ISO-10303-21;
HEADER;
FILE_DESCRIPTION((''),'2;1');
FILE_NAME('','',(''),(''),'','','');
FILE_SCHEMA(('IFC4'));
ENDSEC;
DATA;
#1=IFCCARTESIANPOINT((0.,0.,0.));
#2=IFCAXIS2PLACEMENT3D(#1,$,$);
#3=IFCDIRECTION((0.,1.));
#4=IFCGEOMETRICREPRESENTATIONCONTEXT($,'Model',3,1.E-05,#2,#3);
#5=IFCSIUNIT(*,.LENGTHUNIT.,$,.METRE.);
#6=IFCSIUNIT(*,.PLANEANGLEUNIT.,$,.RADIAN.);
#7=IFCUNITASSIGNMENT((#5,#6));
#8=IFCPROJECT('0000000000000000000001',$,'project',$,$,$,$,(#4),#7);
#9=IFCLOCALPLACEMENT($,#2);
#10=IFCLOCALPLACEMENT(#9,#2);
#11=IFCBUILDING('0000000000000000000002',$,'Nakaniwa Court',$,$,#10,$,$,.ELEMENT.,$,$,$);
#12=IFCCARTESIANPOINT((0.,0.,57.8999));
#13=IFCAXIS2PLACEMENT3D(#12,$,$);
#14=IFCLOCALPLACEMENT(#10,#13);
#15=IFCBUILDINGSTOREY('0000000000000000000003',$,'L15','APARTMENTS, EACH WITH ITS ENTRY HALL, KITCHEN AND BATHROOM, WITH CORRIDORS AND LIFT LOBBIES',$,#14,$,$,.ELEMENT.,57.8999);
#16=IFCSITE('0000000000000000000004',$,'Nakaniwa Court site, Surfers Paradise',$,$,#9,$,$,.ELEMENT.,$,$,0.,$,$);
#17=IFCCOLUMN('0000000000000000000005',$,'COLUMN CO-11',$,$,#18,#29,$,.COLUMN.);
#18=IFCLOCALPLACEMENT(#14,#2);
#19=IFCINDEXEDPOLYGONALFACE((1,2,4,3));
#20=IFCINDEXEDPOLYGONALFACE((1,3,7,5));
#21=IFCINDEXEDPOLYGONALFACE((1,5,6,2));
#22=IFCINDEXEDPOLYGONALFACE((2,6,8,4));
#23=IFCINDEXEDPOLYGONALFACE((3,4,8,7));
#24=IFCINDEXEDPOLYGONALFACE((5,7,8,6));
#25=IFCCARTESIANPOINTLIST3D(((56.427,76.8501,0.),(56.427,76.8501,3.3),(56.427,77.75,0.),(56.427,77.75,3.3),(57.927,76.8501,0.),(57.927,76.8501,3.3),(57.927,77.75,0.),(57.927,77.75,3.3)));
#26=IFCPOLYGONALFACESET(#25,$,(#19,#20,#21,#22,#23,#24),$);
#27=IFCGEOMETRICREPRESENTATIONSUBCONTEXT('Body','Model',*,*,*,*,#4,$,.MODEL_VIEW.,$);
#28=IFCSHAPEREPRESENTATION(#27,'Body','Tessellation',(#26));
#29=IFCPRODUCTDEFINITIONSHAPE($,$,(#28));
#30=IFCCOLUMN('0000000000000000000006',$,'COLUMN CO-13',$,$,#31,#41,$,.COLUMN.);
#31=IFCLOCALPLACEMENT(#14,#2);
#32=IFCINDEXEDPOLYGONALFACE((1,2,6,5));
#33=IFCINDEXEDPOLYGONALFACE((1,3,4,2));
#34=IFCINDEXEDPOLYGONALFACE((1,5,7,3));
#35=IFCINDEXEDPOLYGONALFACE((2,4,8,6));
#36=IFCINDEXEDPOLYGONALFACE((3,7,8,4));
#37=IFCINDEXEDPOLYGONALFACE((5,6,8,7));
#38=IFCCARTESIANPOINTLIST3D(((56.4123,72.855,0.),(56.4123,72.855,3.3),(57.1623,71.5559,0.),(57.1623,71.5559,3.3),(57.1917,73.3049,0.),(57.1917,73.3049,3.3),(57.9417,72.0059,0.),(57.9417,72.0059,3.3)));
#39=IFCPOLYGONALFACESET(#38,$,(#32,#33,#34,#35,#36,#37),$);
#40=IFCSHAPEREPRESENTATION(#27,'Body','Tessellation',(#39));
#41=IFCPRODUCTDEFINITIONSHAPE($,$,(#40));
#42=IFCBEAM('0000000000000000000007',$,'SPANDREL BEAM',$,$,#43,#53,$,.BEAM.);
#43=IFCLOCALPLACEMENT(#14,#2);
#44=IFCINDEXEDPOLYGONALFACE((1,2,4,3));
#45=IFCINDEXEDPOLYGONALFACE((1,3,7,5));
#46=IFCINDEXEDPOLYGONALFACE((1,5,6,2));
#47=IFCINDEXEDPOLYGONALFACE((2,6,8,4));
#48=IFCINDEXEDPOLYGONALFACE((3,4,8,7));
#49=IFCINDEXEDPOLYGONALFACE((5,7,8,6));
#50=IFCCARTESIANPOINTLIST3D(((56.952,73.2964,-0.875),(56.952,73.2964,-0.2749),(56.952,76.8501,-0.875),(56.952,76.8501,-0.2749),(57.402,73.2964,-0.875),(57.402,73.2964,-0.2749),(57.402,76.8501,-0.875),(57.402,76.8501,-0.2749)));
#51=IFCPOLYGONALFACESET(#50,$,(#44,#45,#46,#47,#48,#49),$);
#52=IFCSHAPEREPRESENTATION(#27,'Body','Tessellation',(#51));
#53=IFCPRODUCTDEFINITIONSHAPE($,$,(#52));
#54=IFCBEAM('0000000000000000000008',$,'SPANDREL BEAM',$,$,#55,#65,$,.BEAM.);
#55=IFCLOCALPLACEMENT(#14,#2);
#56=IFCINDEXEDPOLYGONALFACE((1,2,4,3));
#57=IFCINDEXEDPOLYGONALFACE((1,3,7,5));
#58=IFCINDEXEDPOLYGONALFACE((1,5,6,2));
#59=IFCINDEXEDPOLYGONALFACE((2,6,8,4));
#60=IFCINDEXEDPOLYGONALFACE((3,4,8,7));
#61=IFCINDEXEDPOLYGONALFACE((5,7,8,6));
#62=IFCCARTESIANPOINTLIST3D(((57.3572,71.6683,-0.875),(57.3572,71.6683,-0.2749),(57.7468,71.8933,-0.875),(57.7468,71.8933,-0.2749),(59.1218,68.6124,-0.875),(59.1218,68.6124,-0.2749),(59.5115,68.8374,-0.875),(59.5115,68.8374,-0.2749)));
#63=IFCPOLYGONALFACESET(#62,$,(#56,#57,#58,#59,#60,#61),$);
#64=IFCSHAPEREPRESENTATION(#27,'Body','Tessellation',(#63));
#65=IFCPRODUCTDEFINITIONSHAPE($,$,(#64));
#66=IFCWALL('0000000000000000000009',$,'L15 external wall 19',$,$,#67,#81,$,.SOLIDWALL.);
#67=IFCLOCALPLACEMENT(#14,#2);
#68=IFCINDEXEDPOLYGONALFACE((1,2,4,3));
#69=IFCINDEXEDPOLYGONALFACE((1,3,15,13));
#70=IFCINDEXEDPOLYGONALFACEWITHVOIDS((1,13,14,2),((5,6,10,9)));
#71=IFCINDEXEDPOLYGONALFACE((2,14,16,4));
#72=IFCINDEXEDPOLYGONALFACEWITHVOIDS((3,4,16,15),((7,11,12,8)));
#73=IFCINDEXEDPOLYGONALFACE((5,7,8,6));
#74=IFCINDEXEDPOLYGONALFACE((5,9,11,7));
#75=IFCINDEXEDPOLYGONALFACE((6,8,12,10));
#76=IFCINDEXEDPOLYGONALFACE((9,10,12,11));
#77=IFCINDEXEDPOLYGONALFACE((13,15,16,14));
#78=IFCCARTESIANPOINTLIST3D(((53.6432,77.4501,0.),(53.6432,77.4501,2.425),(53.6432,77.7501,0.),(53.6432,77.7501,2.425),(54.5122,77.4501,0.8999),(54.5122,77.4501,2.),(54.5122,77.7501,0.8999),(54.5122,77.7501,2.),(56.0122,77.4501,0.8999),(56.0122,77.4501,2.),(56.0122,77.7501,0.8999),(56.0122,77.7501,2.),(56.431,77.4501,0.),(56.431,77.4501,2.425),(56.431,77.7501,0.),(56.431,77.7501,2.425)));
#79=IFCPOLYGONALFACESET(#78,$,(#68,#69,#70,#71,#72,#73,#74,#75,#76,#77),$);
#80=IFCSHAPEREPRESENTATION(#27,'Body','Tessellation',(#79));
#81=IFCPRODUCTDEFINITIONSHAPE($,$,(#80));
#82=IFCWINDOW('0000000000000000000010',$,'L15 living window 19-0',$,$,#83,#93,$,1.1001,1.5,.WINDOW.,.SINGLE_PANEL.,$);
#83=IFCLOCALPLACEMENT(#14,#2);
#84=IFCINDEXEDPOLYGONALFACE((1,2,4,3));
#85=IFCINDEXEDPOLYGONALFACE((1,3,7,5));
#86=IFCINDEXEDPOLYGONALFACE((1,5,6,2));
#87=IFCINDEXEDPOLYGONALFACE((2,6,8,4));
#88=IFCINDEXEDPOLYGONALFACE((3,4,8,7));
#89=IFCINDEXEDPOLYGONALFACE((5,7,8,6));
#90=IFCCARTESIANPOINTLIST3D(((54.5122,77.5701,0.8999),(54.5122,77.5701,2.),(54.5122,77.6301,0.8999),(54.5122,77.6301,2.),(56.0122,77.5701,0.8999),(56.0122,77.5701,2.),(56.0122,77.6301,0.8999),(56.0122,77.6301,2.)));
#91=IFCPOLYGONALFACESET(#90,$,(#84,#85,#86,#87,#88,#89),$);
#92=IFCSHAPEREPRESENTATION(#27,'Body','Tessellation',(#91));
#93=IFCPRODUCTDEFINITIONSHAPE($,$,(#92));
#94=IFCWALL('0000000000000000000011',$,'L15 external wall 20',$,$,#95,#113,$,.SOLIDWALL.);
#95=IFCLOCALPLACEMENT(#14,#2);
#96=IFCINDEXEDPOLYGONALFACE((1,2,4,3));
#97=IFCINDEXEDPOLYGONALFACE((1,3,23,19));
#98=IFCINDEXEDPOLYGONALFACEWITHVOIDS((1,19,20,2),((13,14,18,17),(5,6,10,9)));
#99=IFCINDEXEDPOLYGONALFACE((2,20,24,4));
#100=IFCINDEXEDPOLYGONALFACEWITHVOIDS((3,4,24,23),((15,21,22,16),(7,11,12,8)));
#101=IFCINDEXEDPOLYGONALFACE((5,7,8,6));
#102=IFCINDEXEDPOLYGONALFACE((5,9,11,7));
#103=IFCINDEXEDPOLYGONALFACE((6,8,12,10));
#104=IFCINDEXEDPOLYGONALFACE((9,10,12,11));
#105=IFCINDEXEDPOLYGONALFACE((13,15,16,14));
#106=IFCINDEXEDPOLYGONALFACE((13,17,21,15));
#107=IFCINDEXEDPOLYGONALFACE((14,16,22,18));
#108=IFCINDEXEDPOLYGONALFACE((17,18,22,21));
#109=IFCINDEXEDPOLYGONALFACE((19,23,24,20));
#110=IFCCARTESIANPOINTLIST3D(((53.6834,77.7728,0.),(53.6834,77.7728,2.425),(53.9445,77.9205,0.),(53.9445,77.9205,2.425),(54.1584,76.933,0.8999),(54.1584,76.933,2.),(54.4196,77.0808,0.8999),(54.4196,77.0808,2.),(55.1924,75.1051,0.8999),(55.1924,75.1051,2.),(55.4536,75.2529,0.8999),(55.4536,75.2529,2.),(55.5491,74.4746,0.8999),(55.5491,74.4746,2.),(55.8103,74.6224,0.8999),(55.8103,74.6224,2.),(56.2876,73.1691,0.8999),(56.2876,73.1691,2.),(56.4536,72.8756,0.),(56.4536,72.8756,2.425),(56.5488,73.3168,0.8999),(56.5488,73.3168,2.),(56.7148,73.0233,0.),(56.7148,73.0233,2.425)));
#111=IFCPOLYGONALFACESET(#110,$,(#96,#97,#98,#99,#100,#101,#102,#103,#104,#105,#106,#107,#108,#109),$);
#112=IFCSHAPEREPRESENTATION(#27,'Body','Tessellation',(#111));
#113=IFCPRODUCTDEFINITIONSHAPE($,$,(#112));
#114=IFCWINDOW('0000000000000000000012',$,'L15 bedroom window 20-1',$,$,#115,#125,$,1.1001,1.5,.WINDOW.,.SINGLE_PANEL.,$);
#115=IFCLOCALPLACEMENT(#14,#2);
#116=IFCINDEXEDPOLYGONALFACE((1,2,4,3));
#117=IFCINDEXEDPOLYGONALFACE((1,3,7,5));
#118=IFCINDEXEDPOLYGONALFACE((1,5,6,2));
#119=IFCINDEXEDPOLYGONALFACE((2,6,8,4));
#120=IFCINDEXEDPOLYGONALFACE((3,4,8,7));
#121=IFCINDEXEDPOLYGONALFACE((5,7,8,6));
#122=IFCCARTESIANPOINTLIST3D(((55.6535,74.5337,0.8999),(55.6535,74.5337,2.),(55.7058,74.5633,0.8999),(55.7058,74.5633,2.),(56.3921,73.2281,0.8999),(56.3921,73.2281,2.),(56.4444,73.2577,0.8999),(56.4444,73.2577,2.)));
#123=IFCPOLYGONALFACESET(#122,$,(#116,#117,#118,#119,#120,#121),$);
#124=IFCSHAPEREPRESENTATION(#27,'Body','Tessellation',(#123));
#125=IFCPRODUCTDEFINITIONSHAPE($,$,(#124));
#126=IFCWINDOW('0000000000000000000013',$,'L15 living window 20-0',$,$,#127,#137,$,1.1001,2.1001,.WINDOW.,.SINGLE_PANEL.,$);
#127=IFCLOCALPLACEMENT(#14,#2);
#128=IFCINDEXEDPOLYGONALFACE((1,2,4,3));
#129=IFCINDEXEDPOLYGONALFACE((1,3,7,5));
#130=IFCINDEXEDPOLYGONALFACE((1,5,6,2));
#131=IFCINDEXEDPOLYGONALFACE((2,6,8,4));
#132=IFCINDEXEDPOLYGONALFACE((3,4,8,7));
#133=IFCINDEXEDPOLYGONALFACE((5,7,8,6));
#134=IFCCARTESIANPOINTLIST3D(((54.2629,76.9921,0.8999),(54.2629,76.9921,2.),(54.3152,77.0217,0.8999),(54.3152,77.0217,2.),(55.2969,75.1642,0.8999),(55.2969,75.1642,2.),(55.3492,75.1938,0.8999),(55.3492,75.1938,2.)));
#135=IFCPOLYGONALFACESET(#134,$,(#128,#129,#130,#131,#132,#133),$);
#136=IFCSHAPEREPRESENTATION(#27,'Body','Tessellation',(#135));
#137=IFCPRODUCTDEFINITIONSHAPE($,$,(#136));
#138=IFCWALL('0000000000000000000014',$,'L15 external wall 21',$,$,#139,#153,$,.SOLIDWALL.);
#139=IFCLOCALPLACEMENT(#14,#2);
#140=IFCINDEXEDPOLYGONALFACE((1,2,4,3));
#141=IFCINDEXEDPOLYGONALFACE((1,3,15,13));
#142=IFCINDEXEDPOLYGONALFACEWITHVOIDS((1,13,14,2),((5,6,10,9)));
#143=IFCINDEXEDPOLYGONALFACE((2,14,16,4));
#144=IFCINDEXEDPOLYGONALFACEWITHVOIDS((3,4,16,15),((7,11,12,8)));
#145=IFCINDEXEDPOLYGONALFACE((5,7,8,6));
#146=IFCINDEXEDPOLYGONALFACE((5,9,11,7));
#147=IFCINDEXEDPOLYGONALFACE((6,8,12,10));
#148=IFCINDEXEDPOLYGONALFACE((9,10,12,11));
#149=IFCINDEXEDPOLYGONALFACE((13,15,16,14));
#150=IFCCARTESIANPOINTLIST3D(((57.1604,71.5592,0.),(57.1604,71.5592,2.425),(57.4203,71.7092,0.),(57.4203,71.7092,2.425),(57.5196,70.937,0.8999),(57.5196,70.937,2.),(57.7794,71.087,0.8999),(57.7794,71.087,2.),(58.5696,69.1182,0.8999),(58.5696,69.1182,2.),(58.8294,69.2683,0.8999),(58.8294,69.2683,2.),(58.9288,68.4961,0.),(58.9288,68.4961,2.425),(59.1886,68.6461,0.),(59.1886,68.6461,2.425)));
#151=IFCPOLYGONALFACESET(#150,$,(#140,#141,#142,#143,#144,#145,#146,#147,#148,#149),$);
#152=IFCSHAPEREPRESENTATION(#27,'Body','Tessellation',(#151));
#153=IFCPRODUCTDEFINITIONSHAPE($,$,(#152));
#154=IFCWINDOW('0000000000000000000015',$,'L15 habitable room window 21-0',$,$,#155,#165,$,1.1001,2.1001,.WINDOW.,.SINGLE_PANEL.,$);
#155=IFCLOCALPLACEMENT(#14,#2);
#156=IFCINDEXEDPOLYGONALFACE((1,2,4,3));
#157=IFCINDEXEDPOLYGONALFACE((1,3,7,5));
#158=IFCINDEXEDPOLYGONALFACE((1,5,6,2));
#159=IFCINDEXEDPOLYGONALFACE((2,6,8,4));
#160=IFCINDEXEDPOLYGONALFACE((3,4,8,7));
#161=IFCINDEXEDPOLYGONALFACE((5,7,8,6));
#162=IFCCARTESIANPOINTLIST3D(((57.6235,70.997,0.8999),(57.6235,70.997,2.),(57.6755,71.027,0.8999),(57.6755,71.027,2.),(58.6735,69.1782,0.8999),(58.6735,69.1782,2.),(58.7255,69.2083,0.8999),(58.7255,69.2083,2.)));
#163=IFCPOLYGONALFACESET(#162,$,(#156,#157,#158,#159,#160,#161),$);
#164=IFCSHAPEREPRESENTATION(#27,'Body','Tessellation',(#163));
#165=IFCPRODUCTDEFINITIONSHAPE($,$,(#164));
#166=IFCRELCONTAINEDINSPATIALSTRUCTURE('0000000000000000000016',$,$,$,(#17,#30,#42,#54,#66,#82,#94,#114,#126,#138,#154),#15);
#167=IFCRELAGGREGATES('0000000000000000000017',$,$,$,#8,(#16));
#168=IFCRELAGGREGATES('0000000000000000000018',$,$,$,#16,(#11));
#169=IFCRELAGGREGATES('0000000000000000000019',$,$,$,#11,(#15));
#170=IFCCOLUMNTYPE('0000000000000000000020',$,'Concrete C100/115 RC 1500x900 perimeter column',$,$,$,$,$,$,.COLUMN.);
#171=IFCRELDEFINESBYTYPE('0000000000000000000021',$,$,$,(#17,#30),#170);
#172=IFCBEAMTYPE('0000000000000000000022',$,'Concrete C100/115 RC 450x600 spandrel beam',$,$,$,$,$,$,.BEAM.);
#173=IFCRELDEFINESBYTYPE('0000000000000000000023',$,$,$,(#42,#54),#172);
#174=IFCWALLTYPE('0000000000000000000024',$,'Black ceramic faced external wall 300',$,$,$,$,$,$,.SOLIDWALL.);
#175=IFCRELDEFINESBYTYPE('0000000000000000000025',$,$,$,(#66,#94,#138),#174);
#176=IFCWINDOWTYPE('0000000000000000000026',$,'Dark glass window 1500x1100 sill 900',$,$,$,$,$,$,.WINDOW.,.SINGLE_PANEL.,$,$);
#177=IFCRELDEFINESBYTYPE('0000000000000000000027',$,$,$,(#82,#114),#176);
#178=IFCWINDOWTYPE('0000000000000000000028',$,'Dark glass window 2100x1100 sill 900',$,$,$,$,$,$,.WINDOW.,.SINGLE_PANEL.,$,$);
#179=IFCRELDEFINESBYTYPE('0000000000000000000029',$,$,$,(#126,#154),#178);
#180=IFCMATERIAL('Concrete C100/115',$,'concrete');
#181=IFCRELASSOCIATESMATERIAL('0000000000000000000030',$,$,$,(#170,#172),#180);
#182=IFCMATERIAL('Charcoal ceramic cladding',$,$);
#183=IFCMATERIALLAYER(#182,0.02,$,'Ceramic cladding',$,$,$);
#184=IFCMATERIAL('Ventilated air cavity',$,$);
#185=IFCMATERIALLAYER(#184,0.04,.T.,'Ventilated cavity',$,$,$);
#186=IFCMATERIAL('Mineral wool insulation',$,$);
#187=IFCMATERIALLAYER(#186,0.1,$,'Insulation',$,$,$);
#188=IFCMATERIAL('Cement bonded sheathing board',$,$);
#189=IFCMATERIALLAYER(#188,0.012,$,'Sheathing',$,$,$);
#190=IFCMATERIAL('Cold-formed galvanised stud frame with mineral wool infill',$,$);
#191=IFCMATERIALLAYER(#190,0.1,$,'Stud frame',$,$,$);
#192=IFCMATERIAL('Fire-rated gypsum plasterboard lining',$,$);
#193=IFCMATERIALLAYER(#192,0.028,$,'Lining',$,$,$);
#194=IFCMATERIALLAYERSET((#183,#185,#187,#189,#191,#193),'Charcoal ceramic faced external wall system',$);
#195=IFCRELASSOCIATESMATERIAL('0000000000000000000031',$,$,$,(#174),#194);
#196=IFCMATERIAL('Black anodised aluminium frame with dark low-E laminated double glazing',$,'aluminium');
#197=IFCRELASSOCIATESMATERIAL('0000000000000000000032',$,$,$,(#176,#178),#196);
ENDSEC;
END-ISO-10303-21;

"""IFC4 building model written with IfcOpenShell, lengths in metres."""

from ifc_helpers import new_model, si_unit, direction, frame, frame_2d, origin, origin_2d, place, context, subcontext, project, spatial, rectangle, extrude, material, layer, layer_set, material_profile, profile_set, type_object, element, fill, save


model = new_model("IFC4")

# Units and contexts
model_context = context("Model", 3, precision=1e-05, world=origin(), true_north=direction((0.0, 1.0)))
body_context = subcontext(model_context, "Body", "Model", "MODEL_VIEW")
ifc_project = project(units=[si_unit("LENGTHUNIT", "METRE"), si_unit("PLANEANGLEUNIT", "RADIAN")], contexts=[model_context])

# Site, building, storey
site_placement = place(None, origin())
site = spatial("IfcSite", under=ifc_project, at=site_placement, Name="Nakaniwa Court site, Surfers Paradise", CompositionType="ELEMENT", RefElevation=0.0)
building_placement = place(site_placement, origin())
building = spatial("IfcBuilding", under=site, at=building_placement, Name="Nakaniwa Court", CompositionType="ELEMENT")
storey_placement = place(building_placement, frame((0.0, 0.0, 57.8999)))
storey = spatial("IfcBuildingStorey", under=building, at=storey_placement, Name="L15", Description="APARTMENTS, EACH WITH ITS ENTRY HALL, KITCHEN AND BATHROOM, WITH CORRIDORS AND LIFT LOBBIES", CompositionType="ELEMENT", Elevation=57.8999)

# Columns
ifc_material_1 = material(Name="Concrete C100/115", Category="concrete")
ifc_material_profile_1 = material_profile(ifc_material_1, rectangle(XDim=1.5, YDim=0.8999, at=origin_2d()), Name="Concrete C100/115 RC 1500x900 perimeter column")
ifc_profile_set_1 = profile_set([ifc_material_profile_1], Name="Concrete C100/115")
column_type = type_object("IfcColumnType", Name="Concrete C100/115 RC 1500x900 perimeter column", PredefinedType="COLUMN", material=ifc_profile_set_1)
for number, where, z_axis, x_axis, name in (
    (1, (57.177, 77.3, 0.0), (0.0, 0.0, 1.0), (-1.0, 0.0, 0.0), "COLUMN CO-11"),
    (2, (57.177, 72.4304, 0.0), (0.0, 0.0, 1.0), (0.5, -0.866025, 0.0), "COLUMN CO-13"),
):
    element("IfcColumn", number, at=place(storey_placement, frame(where, z_axis=z_axis, x_axis=x_axis)), inside=storey, type_object=column_type, Name=name, PredefinedType="COLUMN", context=body_context, shape_type="SweptSolid", body=[
        extrude(rectangle(XDim=1.5, YDim=0.8999, at=origin_2d()), origin(), (0.0, 0.0, 1.0), 3.3),
    ])

# Beams
ifc_material_profile_2 = material_profile(ifc_material_1, rectangle(XDim=0.45, YDim=0.6001, at=origin_2d()), Name="Concrete C100/115 RC 450x600 spandrel beam")
ifc_profile_set_2 = profile_set([ifc_material_profile_2], Name="Concrete C100/115")
beam_type = type_object("IfcBeamType", Name="Concrete C100/115 RC 450x600 spandrel beam", PredefinedType="BEAM", material=ifc_profile_set_2)
beam_1_placement = place(storey_placement, frame((57.177, 76.8501, -0.575), z_axis=(0.0, -1.0, 0.0), x_axis=(1.0, 0.0, 0.0)))
element("IfcBeam", 3, at=beam_1_placement, inside=storey, type_object=beam_type, Name="SPANDREL BEAM", PredefinedType="BEAM", context=body_context, shape_type="SweptSolid", body=[
    extrude(rectangle(XDim=0.45, YDim=0.6001, at=origin_2d()), origin(), (0.0, 0.0, 1.0), 3.5537),
])
beam_2_placement = place(storey_placement, frame((57.552, 71.7808, -0.575), z_axis=(0.500068, -0.865986, 0.0), x_axis=(0.865986, 0.500068, 0.0)))
element("IfcBeam", 4, at=beam_2_placement, inside=storey, type_object=beam_type, Name="SPANDREL BEAM", PredefinedType="BEAM", context=body_context, shape_type="SweptSolid", body=[
    extrude(rectangle(XDim=0.45, YDim=0.6001, at=origin_2d()), origin(), (0.0, 0.0, 1.0), 3.5288),
])

# Wall, opening, window
ifc_material_2 = material(Name="Charcoal ceramic cladding")
ifc_layer_1 = layer(ifc_material_2, 0.02, Name="Ceramic cladding")
ifc_material_3 = material(Name="Ventilated air cavity")
ifc_layer_2 = layer(ifc_material_3, 0.04, ventilated=True, Name="Ventilated cavity")
ifc_material_4 = material(Name="Mineral wool insulation")
ifc_layer_3 = layer(ifc_material_4, 0.1, Name="Insulation")
ifc_material_5 = material(Name="Cement bonded sheathing board")
ifc_layer_4 = layer(ifc_material_5, 0.012, Name="Sheathing")
ifc_material_6 = material(Name="Cold-formed galvanised stud frame with mineral wool infill")
ifc_layer_5 = layer(ifc_material_6, 0.1, Name="Stud frame")
ifc_material_7 = material(Name="Fire-rated gypsum plasterboard lining")
ifc_layer_6 = layer(ifc_material_7, 0.028, Name="Lining")
ifc_layer_set_1 = layer_set([ifc_layer_1, ifc_layer_2, ifc_layer_3, ifc_layer_4, ifc_layer_5, ifc_layer_6], Name="Charcoal ceramic faced external wall system")
wall_type_1 = type_object("IfcWallType", Name="Black ceramic faced external wall 300", PredefinedType="SOLIDWALL", material=ifc_layer_set_1)
wall_1_placement = place(storey_placement, frame((56.4312, 77.6001, 0.0), z_axis=(0.0, 0.0, 1.0), x_axis=(-1.0, 0.0, 0.0)))
wall_1 = element("IfcWall", 5, at=wall_1_placement, inside=storey, type_object=wall_type_1, Name="L15 external wall 19", PredefinedType="SOLIDWALL", context=body_context, shape_type="SweptSolid", body=[
    extrude(rectangle(XDim=2.7878, YDim=0.3, at=frame_2d((1.394, 0.0))), origin(), (0.0, 0.0, 1.0), 2.425),
])
opening_1_placement = place(wall_1_placement, frame((0.4189, 0.0, 0.8999)))
opening_1 = element("IfcOpeningElement", 6, at=opening_1_placement, cuts=wall_1, PredefinedType="OPENING", context=body_context, shape_type="SweptSolid", body=[
    extrude(rectangle(XDim=1.5, YDim=1.1001, at=frame_2d((0.75, 0.55))), frame((0.0, 0.1599, 0.0), z_axis=(0.0, -1.0, 0.0), x_axis=(1.0, 0.0, 0.0)), (0.0, 0.0, 1.0), 0.3201),
])
ifc_material_8 = material(Name="Black anodised aluminium frame with dark low-E laminated double glazing", Category="aluminium")
window_type_1 = type_object("IfcWindowType", Name="Dark glass window 1500x1100 sill 900", PartitioningType="SINGLE_PANEL", PredefinedType="WINDOW", material=ifc_material_8)
window_1_placement = place(opening_1_placement, origin())
window_1 = element("IfcWindow", 7, at=window_1_placement, inside=storey, type_object=window_type_1, Name="L15 living window 19-0", OverallHeight=1.1001, OverallWidth=1.5, PartitioningType="SINGLE_PANEL", PredefinedType="WINDOW", context=body_context, shape_type="SweptSolid", body=[
    extrude(rectangle(XDim=1.5, YDim=1.1001, at=frame_2d((0.75, 0.55))), frame((0.0, 0.03, 0.0), z_axis=(0.0, -1.0, 0.0), x_axis=(1.0, 0.0, 0.0)), (0.0, 0.0, 1.0), 0.0601),
])
fill(opening_1, window_1)

# Wall, openings, windows
wall_2_placement = place(storey_placement, frame((53.814, 77.8467, 0.0), z_axis=(0.0, 0.0, 1.0), x_axis=(0.492363, -0.87039, 0.0)))
wall_2 = element("IfcWall", 8, at=wall_2_placement, inside=storey, type_object=wall_type_1, Name="L15 external wall 20", PredefinedType="SOLIDWALL", context=body_context, shape_type="SweptSolid", body=[
    extrude(rectangle(XDim=5.6265, YDim=0.3, at=frame_2d((2.8132, 0.0))), origin(), (0.0, 0.0, 1.0), 2.425),
])
opening_2_placement = place(wall_2_placement, frame((0.9648, 0.0, 0.8999)))
opening_2 = element("IfcOpeningElement", 9, at=opening_2_placement, cuts=wall_2, PredefinedType="OPENING", context=body_context, shape_type="SweptSolid", body=[
    extrude(rectangle(XDim=2.1001, YDim=1.1001, at=frame_2d((1.05, 0.55))), frame((0.0, 0.1599, 0.0), z_axis=(0.0, -1.0, 0.0), x_axis=(1.0, 0.0, 0.0)), (0.0, 0.0, 1.0), 0.3201),
])
opening_3_placement = place(wall_2_placement, frame((3.7893, 0.0, 0.8999)))
opening_3 = element("IfcOpeningElement", 10, at=opening_3_placement, cuts=wall_2, PredefinedType="OPENING", context=body_context, shape_type="SweptSolid", body=[
    extrude(rectangle(XDim=1.5, YDim=1.1001, at=frame_2d((0.75, 0.55))), frame((0.0, 0.1599, 0.0), z_axis=(0.0, -1.0, 0.0), x_axis=(1.0, 0.0, 0.0)), (0.0, 0.0, 1.0), 0.3201),
])
window_2_placement = place(opening_3_placement, origin())
window_2 = element("IfcWindow", 11, at=window_2_placement, inside=storey, type_object=window_type_1, Name="L15 bedroom window 20-1", OverallHeight=1.1001, OverallWidth=1.5, PartitioningType="SINGLE_PANEL", PredefinedType="WINDOW", context=body_context, shape_type="SweptSolid", body=[
    extrude(rectangle(XDim=1.5, YDim=1.1001, at=frame_2d((0.75, 0.55))), frame((0.0, 0.03, 0.0), z_axis=(0.0, -1.0, 0.0), x_axis=(1.0, 0.0, 0.0)), (0.0, 0.0, 1.0), 0.0601),
])
fill(opening_3, window_2)
window_type_2 = type_object("IfcWindowType", Name="Dark glass window 2100x1100 sill 900", PartitioningType="SINGLE_PANEL", PredefinedType="WINDOW", material=ifc_material_8)
window_3_placement = place(opening_2_placement, origin())
window_3 = element("IfcWindow", 12, at=window_3_placement, inside=storey, type_object=window_type_2, Name="L15 living window 20-0", OverallHeight=1.1001, OverallWidth=2.1001, PartitioningType="SINGLE_PANEL", PredefinedType="WINDOW", context=body_context, shape_type="SweptSolid", body=[
    extrude(rectangle(XDim=2.1001, YDim=1.1001, at=frame_2d((1.05, 0.55))), frame((0.0, 0.03, 0.0), z_axis=(0.0, -1.0, 0.0), x_axis=(1.0, 0.0, 0.0)), (0.0, 0.0, 1.0), 0.0601),
])
fill(opening_2, window_3)

# Wall, opening, window
wall_3_placement = place(storey_placement, frame((57.2903, 71.6343, 0.0), z_axis=(0.0, 0.0, 1.0), x_axis=(0.499977, -0.866038, 0.0)))
wall_3 = element("IfcWall", 13, at=wall_3_placement, inside=storey, type_object=wall_type_1, Name="L15 external wall 21", PredefinedType="SOLIDWALL", context=body_context, shape_type="SweptSolid", body=[
    extrude(rectangle(XDim=3.5369, YDim=0.3, at=frame_2d((1.7686, 0.0))), origin(), (0.0, 0.0, 1.0), 2.425),
])
opening_4_placement = place(wall_3_placement, frame((0.7185, 0.0, 0.8999)))
opening_4 = element("IfcOpeningElement", 14, at=opening_4_placement, cuts=wall_3, PredefinedType="OPENING", context=body_context, shape_type="SweptSolid", body=[
    extrude(rectangle(XDim=2.1001, YDim=1.1001, at=frame_2d((1.05, 0.55))), frame((0.0, 0.1599, 0.0), z_axis=(0.0, -1.0, 0.0), x_axis=(1.0, 0.0, 0.0)), (0.0, 0.0, 1.0), 0.3201),
])
window_4_placement = place(opening_4_placement, origin())
window_4 = element("IfcWindow", 15, at=window_4_placement, inside=storey, type_object=window_type_2, Name="L15 habitable room window 21-0", OverallHeight=1.1001, OverallWidth=2.1001, PartitioningType="SINGLE_PANEL", PredefinedType="WINDOW", context=body_context, shape_type="SweptSolid", body=[
    extrude(rectangle(XDim=2.1001, YDim=1.1001, at=frame_2d((1.05, 0.55))), frame((0.0, 0.03, 0.0), z_axis=(0.0, -1.0, 0.0), x_axis=(1.0, 0.0, 0.0)), (0.0, 0.0, 1.0), 0.0601),
])
fill(opening_4, window_4)

save(model, "model.ifc")
